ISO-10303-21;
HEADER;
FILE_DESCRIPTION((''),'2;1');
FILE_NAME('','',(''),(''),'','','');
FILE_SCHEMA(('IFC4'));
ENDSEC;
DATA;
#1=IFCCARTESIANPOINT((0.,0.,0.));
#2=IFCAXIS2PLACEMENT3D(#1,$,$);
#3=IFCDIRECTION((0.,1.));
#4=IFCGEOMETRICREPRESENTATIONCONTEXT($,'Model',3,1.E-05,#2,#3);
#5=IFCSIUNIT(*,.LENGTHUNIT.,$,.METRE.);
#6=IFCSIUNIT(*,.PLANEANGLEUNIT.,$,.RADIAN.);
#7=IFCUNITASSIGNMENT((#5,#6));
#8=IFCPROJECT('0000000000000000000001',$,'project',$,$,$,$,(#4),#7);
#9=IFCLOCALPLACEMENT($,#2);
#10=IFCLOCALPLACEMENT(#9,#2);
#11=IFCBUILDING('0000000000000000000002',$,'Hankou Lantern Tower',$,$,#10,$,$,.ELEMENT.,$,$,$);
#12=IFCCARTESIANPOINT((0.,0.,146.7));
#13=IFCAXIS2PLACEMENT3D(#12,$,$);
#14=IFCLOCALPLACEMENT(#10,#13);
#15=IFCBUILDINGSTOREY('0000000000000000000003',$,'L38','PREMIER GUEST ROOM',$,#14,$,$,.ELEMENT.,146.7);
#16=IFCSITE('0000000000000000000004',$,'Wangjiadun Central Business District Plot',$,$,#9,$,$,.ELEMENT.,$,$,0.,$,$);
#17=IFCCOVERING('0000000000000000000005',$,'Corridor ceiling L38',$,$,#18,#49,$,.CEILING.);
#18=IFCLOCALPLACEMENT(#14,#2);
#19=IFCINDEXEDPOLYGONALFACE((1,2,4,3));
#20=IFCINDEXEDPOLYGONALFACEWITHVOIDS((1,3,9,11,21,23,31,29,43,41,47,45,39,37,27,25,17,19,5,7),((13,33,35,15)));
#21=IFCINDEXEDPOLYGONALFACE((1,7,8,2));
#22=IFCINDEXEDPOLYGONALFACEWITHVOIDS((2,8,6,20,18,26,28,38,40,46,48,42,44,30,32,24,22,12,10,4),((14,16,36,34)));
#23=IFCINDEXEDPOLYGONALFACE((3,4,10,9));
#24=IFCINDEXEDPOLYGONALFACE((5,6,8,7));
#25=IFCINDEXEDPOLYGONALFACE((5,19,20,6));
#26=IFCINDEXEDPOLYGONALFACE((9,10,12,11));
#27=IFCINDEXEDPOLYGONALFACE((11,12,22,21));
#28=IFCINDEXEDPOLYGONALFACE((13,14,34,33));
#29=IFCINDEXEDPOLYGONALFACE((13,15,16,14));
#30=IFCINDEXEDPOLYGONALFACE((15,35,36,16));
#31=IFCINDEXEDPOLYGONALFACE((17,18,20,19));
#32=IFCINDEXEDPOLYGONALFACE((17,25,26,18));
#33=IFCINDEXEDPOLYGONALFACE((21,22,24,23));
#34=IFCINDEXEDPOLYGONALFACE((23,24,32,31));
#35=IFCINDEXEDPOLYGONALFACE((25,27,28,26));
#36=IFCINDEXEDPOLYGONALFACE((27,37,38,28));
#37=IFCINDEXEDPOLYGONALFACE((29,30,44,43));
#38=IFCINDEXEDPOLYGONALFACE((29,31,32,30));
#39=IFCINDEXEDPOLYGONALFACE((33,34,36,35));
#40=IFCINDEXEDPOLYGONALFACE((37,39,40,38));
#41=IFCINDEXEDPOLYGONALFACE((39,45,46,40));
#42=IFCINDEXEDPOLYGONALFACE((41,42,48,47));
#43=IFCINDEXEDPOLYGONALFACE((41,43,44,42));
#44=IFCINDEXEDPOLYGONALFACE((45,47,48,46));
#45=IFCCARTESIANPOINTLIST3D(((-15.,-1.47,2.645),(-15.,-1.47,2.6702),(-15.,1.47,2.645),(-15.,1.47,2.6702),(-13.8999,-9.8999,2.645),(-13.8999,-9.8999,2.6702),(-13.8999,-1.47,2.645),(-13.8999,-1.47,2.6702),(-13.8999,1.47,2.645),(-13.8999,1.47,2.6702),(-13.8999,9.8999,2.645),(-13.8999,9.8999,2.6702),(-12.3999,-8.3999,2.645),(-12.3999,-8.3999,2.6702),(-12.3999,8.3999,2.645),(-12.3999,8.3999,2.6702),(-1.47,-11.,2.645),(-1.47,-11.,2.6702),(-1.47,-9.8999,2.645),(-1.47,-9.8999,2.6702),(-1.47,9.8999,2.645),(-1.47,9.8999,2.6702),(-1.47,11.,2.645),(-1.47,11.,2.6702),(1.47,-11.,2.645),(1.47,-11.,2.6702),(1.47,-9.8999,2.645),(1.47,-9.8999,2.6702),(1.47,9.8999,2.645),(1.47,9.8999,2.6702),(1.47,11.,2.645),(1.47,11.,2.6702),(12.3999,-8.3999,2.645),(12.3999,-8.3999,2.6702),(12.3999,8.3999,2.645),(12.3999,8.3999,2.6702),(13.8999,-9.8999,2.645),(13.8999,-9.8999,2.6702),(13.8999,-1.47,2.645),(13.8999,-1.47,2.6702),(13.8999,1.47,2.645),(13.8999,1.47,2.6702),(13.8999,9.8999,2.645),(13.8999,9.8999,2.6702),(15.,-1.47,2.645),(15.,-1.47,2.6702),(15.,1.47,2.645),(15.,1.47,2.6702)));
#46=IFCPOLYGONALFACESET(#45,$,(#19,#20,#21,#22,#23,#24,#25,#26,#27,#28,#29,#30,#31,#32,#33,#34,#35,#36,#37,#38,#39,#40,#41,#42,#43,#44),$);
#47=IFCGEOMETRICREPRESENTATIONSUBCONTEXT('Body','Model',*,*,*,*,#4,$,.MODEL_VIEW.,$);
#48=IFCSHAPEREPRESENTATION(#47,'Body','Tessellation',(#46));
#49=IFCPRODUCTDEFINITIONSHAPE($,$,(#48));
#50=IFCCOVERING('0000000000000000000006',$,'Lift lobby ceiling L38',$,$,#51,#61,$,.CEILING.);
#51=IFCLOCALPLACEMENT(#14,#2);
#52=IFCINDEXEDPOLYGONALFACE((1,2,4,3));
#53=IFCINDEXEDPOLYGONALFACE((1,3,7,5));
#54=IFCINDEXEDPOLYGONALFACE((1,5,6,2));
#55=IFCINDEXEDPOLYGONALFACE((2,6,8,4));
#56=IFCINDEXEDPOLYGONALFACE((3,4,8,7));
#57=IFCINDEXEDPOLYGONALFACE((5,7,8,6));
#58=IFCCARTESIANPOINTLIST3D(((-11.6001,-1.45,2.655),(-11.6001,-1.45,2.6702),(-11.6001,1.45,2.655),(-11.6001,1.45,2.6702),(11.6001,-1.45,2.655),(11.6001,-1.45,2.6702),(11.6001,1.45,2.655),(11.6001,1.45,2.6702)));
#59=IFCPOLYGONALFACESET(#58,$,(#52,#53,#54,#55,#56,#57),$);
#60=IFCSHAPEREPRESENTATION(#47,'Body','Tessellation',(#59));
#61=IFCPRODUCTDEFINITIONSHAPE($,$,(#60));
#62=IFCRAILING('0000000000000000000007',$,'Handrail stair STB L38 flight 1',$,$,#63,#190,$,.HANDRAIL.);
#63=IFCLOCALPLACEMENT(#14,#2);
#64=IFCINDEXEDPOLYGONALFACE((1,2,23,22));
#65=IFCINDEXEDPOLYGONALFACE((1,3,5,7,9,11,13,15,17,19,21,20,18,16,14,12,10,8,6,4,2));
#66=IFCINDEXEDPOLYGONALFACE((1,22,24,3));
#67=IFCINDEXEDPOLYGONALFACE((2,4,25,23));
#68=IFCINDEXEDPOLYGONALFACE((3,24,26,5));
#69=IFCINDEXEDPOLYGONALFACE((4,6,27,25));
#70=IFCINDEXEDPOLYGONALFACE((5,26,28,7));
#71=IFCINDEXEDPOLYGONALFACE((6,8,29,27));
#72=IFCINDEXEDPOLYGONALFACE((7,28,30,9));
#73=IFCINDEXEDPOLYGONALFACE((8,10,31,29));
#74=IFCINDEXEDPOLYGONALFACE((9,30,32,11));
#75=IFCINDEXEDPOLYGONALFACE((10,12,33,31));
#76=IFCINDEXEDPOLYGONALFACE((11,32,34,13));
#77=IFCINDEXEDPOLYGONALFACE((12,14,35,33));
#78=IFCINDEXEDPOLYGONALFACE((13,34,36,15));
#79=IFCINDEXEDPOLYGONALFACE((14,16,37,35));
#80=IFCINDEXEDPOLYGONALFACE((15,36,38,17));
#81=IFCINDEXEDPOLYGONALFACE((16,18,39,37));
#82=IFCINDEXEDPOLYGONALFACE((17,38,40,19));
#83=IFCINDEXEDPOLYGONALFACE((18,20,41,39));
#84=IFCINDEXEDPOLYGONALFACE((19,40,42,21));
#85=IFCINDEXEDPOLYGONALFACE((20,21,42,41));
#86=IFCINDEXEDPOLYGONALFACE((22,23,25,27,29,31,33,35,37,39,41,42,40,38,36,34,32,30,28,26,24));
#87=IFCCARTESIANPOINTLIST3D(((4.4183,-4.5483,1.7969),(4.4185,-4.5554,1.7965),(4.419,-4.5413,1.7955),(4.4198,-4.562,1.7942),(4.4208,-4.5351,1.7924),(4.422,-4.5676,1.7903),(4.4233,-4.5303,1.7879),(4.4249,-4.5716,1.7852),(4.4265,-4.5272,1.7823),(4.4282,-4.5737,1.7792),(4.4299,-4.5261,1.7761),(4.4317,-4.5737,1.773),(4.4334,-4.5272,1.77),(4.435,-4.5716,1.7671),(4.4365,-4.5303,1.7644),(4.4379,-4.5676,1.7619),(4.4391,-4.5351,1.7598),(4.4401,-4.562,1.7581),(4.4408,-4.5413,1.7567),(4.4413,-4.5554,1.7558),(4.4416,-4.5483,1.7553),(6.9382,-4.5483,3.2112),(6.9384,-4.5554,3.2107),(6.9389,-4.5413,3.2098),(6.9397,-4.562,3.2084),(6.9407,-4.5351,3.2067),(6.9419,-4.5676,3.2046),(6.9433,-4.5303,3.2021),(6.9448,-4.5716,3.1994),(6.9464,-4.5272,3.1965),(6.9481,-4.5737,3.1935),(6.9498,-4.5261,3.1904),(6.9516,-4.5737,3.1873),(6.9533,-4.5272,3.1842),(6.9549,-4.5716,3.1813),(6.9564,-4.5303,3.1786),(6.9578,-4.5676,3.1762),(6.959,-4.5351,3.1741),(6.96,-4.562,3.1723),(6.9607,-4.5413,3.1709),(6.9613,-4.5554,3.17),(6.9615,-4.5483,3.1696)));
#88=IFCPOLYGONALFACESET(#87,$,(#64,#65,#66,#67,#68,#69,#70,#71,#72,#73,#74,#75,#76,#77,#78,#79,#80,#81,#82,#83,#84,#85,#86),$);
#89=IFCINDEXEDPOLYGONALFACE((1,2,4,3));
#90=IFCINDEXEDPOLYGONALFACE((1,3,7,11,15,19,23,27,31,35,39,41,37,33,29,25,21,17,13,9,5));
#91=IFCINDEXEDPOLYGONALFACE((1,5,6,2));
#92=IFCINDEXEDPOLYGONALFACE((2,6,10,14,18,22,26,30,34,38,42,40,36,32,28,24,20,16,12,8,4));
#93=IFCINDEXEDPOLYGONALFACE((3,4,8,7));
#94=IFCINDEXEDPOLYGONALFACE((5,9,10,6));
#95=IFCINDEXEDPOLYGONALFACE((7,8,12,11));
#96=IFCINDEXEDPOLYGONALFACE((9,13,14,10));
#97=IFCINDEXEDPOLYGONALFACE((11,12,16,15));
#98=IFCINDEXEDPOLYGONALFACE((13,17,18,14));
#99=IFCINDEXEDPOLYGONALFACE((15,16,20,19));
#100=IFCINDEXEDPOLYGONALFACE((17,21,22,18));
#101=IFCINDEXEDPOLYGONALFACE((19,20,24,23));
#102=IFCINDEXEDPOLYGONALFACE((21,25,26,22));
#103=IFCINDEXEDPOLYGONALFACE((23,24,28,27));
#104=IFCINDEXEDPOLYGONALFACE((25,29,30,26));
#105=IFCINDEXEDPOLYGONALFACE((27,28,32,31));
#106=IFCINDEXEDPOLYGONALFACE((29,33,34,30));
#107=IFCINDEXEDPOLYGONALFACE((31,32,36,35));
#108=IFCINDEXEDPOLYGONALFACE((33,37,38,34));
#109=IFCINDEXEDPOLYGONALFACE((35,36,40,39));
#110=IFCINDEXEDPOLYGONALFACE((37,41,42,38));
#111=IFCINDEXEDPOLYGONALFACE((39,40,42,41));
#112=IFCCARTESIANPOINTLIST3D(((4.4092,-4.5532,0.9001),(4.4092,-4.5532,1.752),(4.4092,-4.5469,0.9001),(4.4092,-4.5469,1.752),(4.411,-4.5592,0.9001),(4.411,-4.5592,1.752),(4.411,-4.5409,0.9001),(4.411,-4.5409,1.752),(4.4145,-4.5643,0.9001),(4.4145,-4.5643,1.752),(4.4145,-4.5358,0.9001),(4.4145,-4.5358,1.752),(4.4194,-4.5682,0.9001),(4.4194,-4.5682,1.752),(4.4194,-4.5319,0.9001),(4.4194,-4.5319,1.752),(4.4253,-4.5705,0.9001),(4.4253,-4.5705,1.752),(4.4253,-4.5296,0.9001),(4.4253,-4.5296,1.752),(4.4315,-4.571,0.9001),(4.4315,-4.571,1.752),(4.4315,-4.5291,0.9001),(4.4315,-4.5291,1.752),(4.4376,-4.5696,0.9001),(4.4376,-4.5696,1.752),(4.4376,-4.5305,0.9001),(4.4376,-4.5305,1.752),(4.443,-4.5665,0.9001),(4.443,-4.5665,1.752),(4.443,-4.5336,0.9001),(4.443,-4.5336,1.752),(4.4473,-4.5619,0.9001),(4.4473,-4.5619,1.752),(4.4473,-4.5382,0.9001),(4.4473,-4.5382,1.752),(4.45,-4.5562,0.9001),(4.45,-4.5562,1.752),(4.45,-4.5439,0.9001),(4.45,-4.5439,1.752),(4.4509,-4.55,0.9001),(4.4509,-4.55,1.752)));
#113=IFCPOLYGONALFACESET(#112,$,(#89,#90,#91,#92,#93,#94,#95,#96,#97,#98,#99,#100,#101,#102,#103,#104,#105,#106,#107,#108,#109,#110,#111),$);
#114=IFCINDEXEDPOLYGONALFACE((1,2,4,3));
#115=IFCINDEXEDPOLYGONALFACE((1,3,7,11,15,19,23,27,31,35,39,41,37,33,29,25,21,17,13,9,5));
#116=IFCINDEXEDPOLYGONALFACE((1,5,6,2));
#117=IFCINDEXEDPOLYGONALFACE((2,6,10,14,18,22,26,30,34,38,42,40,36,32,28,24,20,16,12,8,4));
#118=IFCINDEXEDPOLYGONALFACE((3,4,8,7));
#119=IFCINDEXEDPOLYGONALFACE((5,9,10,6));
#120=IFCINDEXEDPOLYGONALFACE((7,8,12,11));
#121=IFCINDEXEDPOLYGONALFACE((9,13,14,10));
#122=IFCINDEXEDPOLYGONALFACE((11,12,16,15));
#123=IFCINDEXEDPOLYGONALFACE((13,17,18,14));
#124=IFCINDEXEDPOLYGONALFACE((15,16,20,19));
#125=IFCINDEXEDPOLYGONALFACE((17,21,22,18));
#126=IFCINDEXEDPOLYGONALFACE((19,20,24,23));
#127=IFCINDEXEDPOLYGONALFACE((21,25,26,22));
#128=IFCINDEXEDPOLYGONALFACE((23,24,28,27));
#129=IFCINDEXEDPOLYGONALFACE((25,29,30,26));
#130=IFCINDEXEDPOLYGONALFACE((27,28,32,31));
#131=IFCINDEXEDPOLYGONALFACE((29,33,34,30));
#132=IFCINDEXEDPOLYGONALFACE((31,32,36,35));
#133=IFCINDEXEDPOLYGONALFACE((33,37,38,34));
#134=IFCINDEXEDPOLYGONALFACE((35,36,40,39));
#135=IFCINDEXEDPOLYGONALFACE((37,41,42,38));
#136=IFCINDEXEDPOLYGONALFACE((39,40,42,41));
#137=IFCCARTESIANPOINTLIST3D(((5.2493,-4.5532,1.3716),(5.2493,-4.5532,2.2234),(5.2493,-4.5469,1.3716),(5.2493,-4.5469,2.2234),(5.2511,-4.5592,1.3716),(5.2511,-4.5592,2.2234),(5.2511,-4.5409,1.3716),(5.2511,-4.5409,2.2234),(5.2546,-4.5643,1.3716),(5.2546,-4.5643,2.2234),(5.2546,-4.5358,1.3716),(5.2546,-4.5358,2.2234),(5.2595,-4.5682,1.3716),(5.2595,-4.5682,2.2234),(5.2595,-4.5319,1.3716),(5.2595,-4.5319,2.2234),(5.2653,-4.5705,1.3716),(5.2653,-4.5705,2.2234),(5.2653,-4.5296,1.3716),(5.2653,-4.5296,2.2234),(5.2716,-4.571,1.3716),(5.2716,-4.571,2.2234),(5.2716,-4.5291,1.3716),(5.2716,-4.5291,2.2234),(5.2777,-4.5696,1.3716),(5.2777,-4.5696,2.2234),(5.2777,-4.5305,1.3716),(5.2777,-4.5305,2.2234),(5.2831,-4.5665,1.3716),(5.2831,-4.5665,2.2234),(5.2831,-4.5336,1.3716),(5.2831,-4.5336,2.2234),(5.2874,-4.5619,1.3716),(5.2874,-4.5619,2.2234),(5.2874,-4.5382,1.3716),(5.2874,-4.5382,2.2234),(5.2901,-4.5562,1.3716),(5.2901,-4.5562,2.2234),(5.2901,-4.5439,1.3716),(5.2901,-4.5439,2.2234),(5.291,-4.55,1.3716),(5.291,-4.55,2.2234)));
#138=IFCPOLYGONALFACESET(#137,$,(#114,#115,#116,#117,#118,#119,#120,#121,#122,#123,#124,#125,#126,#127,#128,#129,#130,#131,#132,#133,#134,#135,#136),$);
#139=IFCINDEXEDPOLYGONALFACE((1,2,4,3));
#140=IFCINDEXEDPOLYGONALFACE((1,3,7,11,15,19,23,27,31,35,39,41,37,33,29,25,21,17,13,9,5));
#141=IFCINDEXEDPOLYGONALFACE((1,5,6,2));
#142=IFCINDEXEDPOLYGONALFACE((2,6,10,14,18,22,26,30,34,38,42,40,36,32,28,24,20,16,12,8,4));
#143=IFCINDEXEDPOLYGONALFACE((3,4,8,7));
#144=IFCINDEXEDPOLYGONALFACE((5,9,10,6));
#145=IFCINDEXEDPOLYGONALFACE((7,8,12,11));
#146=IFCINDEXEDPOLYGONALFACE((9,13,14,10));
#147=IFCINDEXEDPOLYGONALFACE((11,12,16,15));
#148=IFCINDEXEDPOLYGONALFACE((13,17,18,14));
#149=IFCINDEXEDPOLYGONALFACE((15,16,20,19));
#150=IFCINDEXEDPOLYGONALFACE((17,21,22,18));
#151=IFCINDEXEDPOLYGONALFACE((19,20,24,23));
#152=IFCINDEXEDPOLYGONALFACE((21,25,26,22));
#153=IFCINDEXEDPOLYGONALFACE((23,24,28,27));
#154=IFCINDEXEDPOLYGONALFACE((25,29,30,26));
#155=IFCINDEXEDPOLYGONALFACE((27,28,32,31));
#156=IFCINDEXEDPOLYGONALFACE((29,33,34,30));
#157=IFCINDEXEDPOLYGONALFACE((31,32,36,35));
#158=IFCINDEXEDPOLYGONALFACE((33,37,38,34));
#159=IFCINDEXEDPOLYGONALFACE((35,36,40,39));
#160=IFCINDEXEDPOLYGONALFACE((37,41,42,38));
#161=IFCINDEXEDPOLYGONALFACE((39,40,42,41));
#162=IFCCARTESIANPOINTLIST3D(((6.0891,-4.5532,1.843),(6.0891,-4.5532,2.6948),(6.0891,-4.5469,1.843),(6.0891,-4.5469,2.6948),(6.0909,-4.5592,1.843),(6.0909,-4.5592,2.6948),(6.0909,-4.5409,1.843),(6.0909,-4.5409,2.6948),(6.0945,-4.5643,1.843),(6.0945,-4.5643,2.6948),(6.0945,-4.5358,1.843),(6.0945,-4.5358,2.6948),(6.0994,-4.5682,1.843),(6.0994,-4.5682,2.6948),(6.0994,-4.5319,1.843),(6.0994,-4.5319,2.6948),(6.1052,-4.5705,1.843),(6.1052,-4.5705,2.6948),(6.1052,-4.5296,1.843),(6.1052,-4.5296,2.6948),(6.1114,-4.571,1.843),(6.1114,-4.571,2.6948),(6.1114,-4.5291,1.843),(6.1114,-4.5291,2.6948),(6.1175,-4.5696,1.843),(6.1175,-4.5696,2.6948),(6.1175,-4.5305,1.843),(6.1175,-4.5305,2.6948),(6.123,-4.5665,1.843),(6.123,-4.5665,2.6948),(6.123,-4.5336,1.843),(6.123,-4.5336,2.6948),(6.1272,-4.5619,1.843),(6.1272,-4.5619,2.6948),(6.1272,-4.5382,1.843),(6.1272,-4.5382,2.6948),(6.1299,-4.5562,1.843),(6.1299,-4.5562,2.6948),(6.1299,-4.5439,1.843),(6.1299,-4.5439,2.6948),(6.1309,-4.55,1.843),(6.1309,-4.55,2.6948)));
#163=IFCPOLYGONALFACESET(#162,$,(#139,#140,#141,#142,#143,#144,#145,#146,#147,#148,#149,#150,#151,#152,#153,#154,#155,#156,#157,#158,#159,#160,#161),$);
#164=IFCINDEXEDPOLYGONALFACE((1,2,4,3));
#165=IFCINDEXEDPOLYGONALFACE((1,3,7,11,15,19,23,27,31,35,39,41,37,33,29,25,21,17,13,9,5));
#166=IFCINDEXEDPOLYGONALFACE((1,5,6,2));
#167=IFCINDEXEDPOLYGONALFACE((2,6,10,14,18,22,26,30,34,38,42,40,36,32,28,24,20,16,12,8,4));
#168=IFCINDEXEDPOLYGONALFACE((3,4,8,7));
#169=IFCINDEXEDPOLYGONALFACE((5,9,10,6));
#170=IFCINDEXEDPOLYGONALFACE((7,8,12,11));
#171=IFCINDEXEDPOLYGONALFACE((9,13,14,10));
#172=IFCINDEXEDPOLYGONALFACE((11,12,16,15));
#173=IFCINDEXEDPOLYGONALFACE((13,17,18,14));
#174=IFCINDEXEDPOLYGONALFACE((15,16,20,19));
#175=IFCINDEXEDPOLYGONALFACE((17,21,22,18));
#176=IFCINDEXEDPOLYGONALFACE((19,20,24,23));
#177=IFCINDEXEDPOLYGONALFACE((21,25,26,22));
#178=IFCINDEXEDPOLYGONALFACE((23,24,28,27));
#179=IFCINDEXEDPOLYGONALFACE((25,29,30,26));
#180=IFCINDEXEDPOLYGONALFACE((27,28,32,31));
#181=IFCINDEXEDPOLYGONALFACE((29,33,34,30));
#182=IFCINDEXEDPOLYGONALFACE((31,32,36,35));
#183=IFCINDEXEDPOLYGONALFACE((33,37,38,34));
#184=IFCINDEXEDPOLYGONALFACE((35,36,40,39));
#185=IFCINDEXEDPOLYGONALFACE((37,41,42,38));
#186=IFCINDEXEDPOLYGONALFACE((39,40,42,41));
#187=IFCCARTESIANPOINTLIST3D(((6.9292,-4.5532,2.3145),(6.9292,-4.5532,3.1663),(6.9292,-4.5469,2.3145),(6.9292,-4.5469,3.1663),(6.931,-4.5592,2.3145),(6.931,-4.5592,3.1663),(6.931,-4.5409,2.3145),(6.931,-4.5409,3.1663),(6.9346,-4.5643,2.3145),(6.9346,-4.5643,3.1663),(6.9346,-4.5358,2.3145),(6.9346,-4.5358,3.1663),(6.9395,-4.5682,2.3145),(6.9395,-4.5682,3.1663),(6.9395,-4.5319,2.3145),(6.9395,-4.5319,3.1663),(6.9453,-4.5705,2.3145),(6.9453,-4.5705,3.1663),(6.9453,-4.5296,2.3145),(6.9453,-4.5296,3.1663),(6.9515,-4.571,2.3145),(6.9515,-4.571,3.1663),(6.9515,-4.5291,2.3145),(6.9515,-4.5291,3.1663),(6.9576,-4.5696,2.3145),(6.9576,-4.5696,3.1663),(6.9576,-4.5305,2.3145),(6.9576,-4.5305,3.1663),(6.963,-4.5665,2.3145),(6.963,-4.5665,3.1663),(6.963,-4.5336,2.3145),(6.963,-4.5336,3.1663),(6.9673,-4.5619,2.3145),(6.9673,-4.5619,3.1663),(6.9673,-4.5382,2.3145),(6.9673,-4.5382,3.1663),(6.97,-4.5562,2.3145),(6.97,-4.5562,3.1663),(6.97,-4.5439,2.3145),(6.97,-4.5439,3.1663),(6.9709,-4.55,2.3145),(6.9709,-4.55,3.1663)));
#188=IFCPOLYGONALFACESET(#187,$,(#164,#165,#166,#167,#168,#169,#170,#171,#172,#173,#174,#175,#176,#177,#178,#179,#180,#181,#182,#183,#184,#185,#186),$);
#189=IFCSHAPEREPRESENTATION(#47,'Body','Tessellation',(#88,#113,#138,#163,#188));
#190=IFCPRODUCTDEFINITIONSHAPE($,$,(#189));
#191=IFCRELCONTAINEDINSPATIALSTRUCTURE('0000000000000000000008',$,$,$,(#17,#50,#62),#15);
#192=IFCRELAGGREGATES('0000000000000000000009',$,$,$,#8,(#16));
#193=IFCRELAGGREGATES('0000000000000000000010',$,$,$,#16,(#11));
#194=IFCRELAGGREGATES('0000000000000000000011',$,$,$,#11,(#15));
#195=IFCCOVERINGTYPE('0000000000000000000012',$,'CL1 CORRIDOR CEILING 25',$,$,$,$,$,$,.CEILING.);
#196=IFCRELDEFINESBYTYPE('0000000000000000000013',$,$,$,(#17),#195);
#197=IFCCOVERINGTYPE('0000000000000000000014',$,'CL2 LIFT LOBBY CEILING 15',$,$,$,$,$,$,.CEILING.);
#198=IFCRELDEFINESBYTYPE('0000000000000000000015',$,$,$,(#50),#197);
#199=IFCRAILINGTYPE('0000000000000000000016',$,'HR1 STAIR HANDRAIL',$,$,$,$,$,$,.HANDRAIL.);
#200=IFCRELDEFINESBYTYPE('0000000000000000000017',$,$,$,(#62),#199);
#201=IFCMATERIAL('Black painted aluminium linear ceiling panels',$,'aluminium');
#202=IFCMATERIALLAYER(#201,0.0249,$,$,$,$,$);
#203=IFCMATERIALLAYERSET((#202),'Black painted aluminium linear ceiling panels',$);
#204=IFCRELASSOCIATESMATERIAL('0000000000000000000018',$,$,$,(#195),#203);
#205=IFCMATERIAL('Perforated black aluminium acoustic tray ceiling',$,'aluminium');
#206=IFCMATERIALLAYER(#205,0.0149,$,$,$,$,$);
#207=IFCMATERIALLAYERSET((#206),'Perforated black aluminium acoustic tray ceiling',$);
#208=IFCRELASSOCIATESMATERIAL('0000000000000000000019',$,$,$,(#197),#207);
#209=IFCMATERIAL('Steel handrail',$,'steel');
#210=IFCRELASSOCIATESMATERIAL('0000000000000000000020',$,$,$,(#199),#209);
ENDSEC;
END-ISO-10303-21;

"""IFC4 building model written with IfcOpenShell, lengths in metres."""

from ifc_helpers import new_model, si_unit, direction, frame, origin, origin_2d, place, context, subcontext, project, spatial, polyline, circle, outline, extrude, material, layer, layer_set, type_object, element, save


model = new_model("IFC4")

# Units and contexts
model_context = context("Model", 3, precision=1e-05, world=origin(), true_north=direction((0.0, 1.0)))
body_context = subcontext(model_context, "Body", "Model", "MODEL_VIEW")
ifc_project = project(units=[si_unit("LENGTHUNIT", "METRE"), si_unit("PLANEANGLEUNIT", "RADIAN")], contexts=[model_context])

# Site, building, storey
site_placement = place(None, origin())
site = spatial("IfcSite", under=ifc_project, at=site_placement, Name="Wangjiadun Central Business District Plot", CompositionType="ELEMENT", RefElevation=0.0)
building_placement = place(site_placement, origin())
building = spatial("IfcBuilding", under=site, at=building_placement, Name="Hankou Lantern Tower", CompositionType="ELEMENT")
storey_placement = place(building_placement, frame((0.0, 0.0, 146.7)))
storey = spatial("IfcBuildingStorey", under=building, at=storey_placement, Name="L38", Description="PREMIER GUEST ROOM", CompositionType="ELEMENT", Elevation=146.7)

# Coverings
ifc_material_1 = material(Name="Black painted aluminium linear ceiling panels", Category="aluminium")
ifc_layer_1 = layer(ifc_material_1, 0.0249)
ifc_layer_set_1 = layer_set([ifc_layer_1], Name="Black painted aluminium linear ceiling panels")
covering_type_1 = type_object("IfcCoveringType", Name="CL1 CORRIDOR CEILING 25", PredefinedType="CEILING", material=ifc_layer_set_1)
covering_1_placement = place(storey_placement, frame((0.0, 0.0, 2.645)))
element("IfcCovering", 1, at=covering_1_placement, inside=storey, type_object=covering_type_1, Name="Corridor ceiling L38", PredefinedType="CEILING", context=body_context, shape_type="SweptSolid", body=[
    extrude(outline(polyline([(1.47, -11.0), (1.47, -9.8999), (13.8999, -9.8999), (13.8999, -1.47), (15.0, -1.47), (15.0, 1.47), (13.8999, 1.47), (13.8999, 9.8999), (1.47, 9.8999), (1.47, 11.0), (-1.47, 11.0), (-1.47, 9.8999), (-13.8999, 9.8999), (-13.8999, 1.47), (-15.0, 1.47), (-15.0, -1.47), (-13.8999, -1.47), (-13.8999, -9.8999), (-1.47, -9.8999), (-1.47, -11.0), (1.47, -11.0)]), holes=[polyline([(-12.3999, 8.3999), (12.3999, 8.3999), (12.3999, -8.3999), (-12.3999, -8.3999), (-12.3999, 8.3999)])]), origin(), (0.0, 0.0, 1.0), 0.0251),
])
ifc_material_2 = material(Name="Perforated black aluminium acoustic tray ceiling", Category="aluminium")
ifc_layer_2 = layer(ifc_material_2, 0.0149)
ifc_layer_set_2 = layer_set([ifc_layer_2], Name="Perforated black aluminium acoustic tray ceiling")
covering_type_2 = type_object("IfcCoveringType", Name="CL2 LIFT LOBBY CEILING 15", PredefinedType="CEILING", material=ifc_layer_set_2)
covering_2_placement = place(storey_placement, frame((0.0, 0.0, 2.655)))
element("IfcCovering", 2, at=covering_2_placement, inside=storey, type_object=covering_type_2, Name="Lift lobby ceiling L38", PredefinedType="CEILING", context=body_context, shape_type="SweptSolid", body=[
    extrude(outline(polyline([(-11.6001, -1.45), (11.6001, -1.45), (11.6001, 1.45), (-11.6001, 1.45), (-11.6001, -1.45)])), origin(), (0.0, 0.0, 1.0), 0.0151),
])

# Railing
ifc_material_3 = material(Name="Steel handrail", Category="steel")
railing_type = type_object("IfcRailingType", Name="HR1 STAIR HANDRAIL", PredefinedType="HANDRAIL", material=ifc_material_3)
railing_1_placement = place(storey_placement, frame((4.4299, -4.55, 0.9001)))
element("IfcRailing", 3, at=railing_1_placement, inside=storey, type_object=railing_type, Name="Handrail stair STB L38 flight 1", PredefinedType="HANDRAIL", context=body_context, shape_type="SweptSolid", body=[
    extrude(circle(Radius=0.0239, at=origin_2d()), frame((0.0, 0.0, 0.876), z_axis=(0.872049, 0.0, 0.489419), x_axis=(0.0, 1.0, 0.0)), (0.0, 0.0, 1.0), 2.8896),
    extrude(circle(Radius=0.021, at=origin_2d()), origin(), (0.0, 0.0, 1.0), 0.8518),
    extrude(circle(Radius=0.021, at=origin_2d()), frame((0.8401, 0.0, 0.4714)), (0.0, 0.0, 1.0), 0.8518),
    extrude(circle(Radius=0.021, at=origin_2d()), frame((1.6799, 0.0, 0.9429)), (0.0, 0.0, 1.0), 0.8518),
    extrude(circle(Radius=0.021, at=origin_2d()), frame((2.52, 0.0, 1.4143)), (0.0, 0.0, 1.0), 0.8518),
])

save(model, "model.ifc")
